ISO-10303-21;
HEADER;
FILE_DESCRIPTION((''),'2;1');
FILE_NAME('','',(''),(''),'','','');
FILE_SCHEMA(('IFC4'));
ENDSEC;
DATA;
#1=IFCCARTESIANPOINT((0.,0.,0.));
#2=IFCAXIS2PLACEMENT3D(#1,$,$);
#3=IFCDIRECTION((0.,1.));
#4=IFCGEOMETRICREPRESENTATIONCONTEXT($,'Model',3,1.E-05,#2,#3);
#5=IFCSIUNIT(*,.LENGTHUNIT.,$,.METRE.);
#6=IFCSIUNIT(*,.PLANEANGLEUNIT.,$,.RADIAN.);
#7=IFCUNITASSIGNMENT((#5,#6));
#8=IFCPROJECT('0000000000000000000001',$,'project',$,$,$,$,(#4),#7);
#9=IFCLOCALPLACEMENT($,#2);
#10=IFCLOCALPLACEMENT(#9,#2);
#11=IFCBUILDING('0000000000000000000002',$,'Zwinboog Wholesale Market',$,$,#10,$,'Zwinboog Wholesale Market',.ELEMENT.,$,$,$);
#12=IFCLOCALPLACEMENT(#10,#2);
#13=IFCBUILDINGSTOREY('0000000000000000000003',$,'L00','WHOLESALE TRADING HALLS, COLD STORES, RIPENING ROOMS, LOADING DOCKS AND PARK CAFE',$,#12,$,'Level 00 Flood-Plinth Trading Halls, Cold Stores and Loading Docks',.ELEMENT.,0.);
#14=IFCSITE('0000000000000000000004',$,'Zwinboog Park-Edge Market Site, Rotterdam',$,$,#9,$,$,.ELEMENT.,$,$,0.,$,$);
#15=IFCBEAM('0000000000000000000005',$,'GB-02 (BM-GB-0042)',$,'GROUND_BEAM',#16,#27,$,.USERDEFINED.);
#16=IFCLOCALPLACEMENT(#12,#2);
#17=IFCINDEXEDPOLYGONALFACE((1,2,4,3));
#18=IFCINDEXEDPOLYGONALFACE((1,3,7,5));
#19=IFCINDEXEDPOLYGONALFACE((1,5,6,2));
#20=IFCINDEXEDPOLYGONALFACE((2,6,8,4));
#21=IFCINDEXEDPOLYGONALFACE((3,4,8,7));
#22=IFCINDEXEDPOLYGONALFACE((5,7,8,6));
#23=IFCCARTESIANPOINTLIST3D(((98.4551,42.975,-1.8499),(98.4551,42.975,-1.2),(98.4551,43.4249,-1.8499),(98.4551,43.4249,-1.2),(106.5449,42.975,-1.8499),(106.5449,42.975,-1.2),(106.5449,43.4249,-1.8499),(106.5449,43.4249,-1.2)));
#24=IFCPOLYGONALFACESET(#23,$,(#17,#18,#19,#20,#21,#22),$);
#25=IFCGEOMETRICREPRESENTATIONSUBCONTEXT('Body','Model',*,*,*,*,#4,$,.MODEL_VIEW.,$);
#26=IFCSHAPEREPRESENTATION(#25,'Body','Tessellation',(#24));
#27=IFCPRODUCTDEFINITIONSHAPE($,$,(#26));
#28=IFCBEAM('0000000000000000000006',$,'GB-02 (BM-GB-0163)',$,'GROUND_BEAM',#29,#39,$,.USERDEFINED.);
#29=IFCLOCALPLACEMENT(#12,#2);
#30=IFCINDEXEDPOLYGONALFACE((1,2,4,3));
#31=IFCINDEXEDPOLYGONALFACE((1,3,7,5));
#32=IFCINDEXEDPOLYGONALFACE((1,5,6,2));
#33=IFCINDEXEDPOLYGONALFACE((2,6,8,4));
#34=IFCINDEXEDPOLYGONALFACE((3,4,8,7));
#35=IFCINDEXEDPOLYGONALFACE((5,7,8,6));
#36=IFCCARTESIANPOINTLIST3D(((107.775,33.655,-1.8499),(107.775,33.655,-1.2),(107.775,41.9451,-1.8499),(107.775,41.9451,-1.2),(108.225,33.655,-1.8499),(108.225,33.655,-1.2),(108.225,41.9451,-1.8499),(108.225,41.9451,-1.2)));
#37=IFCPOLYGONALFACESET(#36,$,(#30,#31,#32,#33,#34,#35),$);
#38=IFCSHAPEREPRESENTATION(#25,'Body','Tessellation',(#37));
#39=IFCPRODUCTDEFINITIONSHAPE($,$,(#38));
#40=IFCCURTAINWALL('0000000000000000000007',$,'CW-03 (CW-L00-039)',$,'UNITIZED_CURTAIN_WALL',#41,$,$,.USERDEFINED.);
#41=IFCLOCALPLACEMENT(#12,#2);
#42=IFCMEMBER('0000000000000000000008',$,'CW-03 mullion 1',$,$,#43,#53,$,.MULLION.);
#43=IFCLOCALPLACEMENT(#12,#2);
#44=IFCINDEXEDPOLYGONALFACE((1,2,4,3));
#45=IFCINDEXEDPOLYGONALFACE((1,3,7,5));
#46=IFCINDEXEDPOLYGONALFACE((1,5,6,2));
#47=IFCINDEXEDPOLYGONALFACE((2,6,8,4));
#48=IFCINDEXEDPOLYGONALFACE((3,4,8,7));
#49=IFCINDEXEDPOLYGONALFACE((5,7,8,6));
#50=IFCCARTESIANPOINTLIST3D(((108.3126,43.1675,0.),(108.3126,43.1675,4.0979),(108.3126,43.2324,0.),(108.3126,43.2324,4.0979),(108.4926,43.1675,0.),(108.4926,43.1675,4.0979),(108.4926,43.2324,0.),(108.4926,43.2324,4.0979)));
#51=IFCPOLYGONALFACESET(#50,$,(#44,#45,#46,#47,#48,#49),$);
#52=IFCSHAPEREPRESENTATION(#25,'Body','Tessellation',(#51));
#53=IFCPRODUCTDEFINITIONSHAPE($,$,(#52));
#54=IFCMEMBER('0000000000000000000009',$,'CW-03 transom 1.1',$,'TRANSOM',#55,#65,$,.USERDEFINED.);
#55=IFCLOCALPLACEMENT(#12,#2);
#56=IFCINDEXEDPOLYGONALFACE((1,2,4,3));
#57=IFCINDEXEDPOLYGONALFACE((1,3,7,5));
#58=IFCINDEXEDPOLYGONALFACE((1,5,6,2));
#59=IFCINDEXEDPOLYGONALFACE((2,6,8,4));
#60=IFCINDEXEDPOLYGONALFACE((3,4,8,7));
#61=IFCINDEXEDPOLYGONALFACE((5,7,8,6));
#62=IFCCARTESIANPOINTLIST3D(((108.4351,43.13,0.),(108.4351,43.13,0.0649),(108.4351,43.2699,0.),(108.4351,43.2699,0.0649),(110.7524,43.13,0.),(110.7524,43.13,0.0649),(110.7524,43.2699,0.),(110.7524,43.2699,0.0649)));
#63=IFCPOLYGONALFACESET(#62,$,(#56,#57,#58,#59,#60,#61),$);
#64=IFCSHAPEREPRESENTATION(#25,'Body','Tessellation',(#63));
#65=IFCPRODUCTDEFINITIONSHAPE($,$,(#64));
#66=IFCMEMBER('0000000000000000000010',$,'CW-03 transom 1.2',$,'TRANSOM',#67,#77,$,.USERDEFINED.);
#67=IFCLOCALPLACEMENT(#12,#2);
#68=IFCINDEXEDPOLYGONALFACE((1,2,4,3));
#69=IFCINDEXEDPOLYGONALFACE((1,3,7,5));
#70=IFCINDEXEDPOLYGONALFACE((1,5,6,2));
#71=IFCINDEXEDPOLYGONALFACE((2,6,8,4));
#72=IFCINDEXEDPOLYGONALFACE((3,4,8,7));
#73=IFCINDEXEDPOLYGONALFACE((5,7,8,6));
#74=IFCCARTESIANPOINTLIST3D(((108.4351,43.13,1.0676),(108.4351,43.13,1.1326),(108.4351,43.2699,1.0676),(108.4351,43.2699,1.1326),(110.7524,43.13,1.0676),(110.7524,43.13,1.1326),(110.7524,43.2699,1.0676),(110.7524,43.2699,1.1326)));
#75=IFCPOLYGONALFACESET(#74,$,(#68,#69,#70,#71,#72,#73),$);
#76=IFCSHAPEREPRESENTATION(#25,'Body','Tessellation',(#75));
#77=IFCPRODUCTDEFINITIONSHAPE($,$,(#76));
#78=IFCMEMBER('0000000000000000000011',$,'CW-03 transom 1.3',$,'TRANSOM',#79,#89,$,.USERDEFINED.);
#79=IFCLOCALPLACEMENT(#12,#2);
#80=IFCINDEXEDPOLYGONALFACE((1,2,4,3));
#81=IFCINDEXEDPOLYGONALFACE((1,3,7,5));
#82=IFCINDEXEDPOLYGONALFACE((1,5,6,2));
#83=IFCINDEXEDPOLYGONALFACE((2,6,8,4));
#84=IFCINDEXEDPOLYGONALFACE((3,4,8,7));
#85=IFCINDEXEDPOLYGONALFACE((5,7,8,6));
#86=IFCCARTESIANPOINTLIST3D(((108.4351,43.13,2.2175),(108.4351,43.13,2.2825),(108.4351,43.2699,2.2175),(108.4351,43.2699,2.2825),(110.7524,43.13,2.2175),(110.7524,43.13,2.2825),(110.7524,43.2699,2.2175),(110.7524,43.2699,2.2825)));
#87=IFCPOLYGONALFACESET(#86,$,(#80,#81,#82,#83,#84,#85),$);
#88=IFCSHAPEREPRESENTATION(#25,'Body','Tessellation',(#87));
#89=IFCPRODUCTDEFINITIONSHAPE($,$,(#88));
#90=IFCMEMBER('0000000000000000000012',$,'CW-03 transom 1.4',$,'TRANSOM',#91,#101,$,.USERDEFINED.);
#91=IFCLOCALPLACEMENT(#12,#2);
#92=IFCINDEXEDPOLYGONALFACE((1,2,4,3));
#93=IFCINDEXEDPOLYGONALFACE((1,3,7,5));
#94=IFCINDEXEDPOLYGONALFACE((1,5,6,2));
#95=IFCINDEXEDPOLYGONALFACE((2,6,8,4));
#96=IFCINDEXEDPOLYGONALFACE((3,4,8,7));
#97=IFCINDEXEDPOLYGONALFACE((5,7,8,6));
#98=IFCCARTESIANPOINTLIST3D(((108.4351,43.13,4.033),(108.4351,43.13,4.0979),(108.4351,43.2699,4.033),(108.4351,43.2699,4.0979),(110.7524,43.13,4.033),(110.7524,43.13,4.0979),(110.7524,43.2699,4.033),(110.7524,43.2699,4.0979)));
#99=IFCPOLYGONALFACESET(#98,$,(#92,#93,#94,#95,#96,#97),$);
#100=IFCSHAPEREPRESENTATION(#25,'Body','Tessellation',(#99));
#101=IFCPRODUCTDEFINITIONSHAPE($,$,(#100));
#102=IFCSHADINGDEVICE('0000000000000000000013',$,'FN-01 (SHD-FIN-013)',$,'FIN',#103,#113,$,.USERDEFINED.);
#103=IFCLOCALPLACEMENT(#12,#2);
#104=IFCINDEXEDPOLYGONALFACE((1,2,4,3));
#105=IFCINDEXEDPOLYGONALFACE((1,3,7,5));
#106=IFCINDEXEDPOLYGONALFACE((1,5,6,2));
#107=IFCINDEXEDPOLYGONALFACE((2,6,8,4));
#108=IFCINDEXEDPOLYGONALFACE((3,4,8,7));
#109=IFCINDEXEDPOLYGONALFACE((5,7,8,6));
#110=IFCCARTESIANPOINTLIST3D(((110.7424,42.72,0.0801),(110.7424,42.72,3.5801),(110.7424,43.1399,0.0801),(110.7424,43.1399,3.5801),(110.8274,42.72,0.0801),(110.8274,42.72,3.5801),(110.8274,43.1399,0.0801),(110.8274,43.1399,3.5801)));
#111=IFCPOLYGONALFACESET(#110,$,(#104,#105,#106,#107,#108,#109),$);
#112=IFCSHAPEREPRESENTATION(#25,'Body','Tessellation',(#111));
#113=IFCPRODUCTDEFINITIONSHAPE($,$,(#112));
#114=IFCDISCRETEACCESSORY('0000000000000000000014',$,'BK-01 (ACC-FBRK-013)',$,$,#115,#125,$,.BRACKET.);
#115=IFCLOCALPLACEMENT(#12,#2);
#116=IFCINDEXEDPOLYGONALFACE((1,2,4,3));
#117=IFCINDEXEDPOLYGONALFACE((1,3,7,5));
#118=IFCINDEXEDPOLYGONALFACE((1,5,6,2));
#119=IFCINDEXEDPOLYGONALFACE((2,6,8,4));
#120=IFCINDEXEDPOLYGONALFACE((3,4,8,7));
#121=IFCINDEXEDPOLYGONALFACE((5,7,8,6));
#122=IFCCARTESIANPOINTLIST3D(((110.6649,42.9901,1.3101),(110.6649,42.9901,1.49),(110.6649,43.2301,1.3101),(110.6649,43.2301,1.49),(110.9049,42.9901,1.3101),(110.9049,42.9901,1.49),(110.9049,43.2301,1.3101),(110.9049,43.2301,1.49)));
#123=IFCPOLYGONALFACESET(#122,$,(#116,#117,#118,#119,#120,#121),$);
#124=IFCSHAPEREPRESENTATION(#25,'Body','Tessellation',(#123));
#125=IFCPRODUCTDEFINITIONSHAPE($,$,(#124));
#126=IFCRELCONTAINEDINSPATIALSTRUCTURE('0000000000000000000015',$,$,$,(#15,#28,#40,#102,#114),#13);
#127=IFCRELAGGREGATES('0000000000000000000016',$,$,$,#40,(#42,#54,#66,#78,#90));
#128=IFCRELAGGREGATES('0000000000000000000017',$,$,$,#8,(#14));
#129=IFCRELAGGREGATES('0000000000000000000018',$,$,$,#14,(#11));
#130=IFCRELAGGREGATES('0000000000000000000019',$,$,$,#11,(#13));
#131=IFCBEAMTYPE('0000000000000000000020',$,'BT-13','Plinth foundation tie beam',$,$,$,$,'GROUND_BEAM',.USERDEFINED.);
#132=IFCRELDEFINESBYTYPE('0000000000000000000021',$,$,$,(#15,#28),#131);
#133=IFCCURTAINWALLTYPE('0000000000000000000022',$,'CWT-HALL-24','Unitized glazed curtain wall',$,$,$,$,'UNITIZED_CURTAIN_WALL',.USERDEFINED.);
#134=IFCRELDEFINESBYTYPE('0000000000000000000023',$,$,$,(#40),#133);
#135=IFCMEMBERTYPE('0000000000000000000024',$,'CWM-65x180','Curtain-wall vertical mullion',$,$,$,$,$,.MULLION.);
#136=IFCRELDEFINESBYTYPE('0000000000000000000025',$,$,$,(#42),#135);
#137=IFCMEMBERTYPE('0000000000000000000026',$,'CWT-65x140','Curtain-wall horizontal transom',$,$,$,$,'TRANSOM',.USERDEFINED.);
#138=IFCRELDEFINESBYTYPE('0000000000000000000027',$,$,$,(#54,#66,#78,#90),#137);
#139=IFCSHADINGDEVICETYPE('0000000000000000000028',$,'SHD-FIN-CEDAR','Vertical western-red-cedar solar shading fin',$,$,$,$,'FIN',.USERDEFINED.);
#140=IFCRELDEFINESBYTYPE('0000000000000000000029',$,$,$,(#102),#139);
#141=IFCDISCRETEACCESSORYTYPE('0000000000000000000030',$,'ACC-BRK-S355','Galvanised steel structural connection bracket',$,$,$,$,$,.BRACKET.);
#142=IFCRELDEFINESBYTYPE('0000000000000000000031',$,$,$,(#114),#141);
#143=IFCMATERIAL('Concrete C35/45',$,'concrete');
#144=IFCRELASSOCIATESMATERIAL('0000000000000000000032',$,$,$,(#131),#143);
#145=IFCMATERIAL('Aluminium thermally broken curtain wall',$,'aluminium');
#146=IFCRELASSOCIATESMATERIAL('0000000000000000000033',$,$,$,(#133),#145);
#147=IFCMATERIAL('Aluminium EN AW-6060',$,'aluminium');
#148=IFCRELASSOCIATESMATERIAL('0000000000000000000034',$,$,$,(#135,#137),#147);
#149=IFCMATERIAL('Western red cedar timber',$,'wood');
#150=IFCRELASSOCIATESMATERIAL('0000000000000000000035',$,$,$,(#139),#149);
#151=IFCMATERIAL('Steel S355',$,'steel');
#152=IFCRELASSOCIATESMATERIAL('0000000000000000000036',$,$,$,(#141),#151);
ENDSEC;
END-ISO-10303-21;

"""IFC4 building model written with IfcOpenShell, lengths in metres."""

from ifc_helpers import new_model, si_unit, direction, frame, origin, origin_2d, place, context, subcontext, project, spatial, rectangle, extrude, material, material_profile, profile_set, type_object, element, aggregate, save


model = new_model("IFC4")

# Units and contexts
model_context = context("Model", 3, precision=1e-05, world=origin(), true_north=direction((0.0, 1.0)))
body_context = subcontext(model_context, "Body", "Model", "MODEL_VIEW")
ifc_project = project(units=[si_unit("LENGTHUNIT", "METRE"), si_unit("PLANEANGLEUNIT", "RADIAN")], contexts=[model_context])

# Site, building, storey
site_placement = place(None, origin())
site = spatial("IfcSite", under=ifc_project, at=site_placement, Name="Zwinboog Park-Edge Market Site, Rotterdam", CompositionType="ELEMENT", RefElevation=0.0)
building_placement = place(site_placement, origin())
building = spatial("IfcBuilding", under=site, at=building_placement, Name="Zwinboog Wholesale Market", LongName="Zwinboog Wholesale Market", CompositionType="ELEMENT")
storey_placement = place(building_placement, origin())
storey = spatial("IfcBuildingStorey", under=building, at=storey_placement, Name="L00", Description="WHOLESALE TRADING HALLS, COLD STORES, RIPENING ROOMS, LOADING DOCKS AND PARK CAFE", LongName="Level 00 Flood-Plinth Trading Halls, Cold Stores and Loading Docks", CompositionType="ELEMENT", Elevation=0.0)

# Shared definitions
ifc_material_1 = material(Name="Concrete C35/45", Category="concrete")

# Beams
ifc_material_profile_1 = material_profile(ifc_material_1, rectangle(XDim=0.45, YDim=0.6499, at=origin_2d()), Name="RC 450x650")
ifc_profile_set_1 = profile_set([ifc_material_profile_1], Name="Concrete C35/45")
beam_type_1 = type_object("IfcBeamType", Name="BT-13", Description="Plinth foundation tie beam", ElementType="GROUND_BEAM", PredefinedType="USERDEFINED", material=ifc_profile_set_1)
beam_1_placement = place(storey_placement, frame((98.4551, 43.2, -1.5249), z_axis=(1.0, 0.0, 0.0), x_axis=(0.0, 1.0, 0.0)))
element("IfcBeam", 1, at=beam_1_placement, inside=storey, type_object=beam_type_1, Name="GB-02 (BM-GB-0042)", ObjectType="GROUND_BEAM", PredefinedType="USERDEFINED", context=body_context, shape_type="SweptSolid", body=[
    extrude(rectangle(XDim=0.45, YDim=0.6499, at=origin_2d()), origin(), (0.0, 0.0, 1.0), 8.0898),
])
beam_2_placement = place(storey_placement, frame((108.0, 33.655, -1.5249), z_axis=(0.0, 1.0, 0.0), x_axis=(-1.0, 0.0, 0.0)))
element("IfcBeam", 2, at=beam_2_placement, inside=storey, type_object=beam_type_1, Name="GB-02 (BM-GB-0163)", ObjectType="GROUND_BEAM", PredefinedType="USERDEFINED", context=body_context, shape_type="SweptSolid", body=[
    extrude(rectangle(XDim=0.45, YDim=0.6499, at=origin_2d()), origin(), (0.0, 0.0, 1.0), 8.29),
])

# Curtain wall, members
ifc_material_2 = material(Name="Aluminium thermally broken curtain wall", Category="aluminium")
curtain_wall_type = type_object("IfcCurtainWallType", Name="CWT-HALL-24", Description="Unitized glazed curtain wall", ElementType="UNITIZED_CURTAIN_WALL", PredefinedType="USERDEFINED", material=ifc_material_2)
curtain_wall_placement = place(storey_placement, origin())
curtain_wall = element("IfcCurtainWall", 3, at=curtain_wall_placement, inside=storey, type_object=curtain_wall_type, Name="CW-03 (CW-L00-039)", ObjectType="UNITIZED_CURTAIN_WALL", PredefinedType="USERDEFINED")
ifc_material_3 = material(Name="Aluminium EN AW-6060", Category="aluminium")
ifc_material_profile_2 = material_profile(ifc_material_3, rectangle(XDim=0.0649, YDim=0.1799, at=origin_2d()), Name="AL 65x180")
ifc_profile_set_2 = profile_set([ifc_material_profile_2], Name="Aluminium EN AW-6060")
member_type_1 = type_object("IfcMemberType", Name="CWM-65x180", Description="Curtain-wall vertical mullion", PredefinedType="MULLION", material=ifc_profile_set_2)
member_1_placement = place(storey_placement, frame((108.4026, 43.2, 0.0), z_axis=(0.0, 0.0, 1.0), x_axis=(0.0, 1.0, 0.0)))
member_1 = element("IfcMember", 4, at=member_1_placement, type_object=member_type_1, Name="CW-03 mullion 1", PredefinedType="MULLION", context=body_context, shape_type="SweptSolid", body=[
    extrude(rectangle(XDim=0.0649, YDim=0.1799, at=origin_2d()), origin(), (0.0, 0.0, 1.0), 4.0979),
])
ifc_material_profile_3 = material_profile(ifc_material_3, rectangle(XDim=0.1399, YDim=0.0649, at=origin_2d()), Name="AL 65x140")
ifc_profile_set_3 = profile_set([ifc_material_profile_3], Name="Aluminium EN AW-6060")
member_type_2 = type_object("IfcMemberType", Name="CWT-65x140", Description="Curtain-wall horizontal transom", ElementType="TRANSOM", PredefinedType="USERDEFINED", material=ifc_profile_set_3)
member_2_placement = place(storey_placement, frame((108.4351, 43.2, 0.0325), z_axis=(1.0, 0.0, 0.0), x_axis=(0.0, 1.0, 0.0)))
member_2 = element("IfcMember", 5, at=member_2_placement, type_object=member_type_2, Name="CW-03 transom 1.1", ObjectType="TRANSOM", PredefinedType="USERDEFINED", context=body_context, shape_type="SweptSolid", body=[
    extrude(rectangle(XDim=0.1399, YDim=0.0649, at=origin_2d()), origin(), (0.0, 0.0, 1.0), 2.3174),
])
member_3_placement = place(storey_placement, frame((108.4351, 43.2, 1.1001), z_axis=(1.0, 0.0, 0.0), x_axis=(0.0, 1.0, 0.0)))
member_3 = element("IfcMember", 6, at=member_3_placement, type_object=member_type_2, Name="CW-03 transom 1.2", ObjectType="TRANSOM", PredefinedType="USERDEFINED", context=body_context, shape_type="SweptSolid", body=[
    extrude(rectangle(XDim=0.1399, YDim=0.0649, at=origin_2d()), origin(), (0.0, 0.0, 1.0), 2.3174),
])
member_4_placement = place(storey_placement, frame((108.4351, 43.2, 2.25), z_axis=(1.0, 0.0, 0.0), x_axis=(0.0, 1.0, 0.0)))
member_4 = element("IfcMember", 7, at=member_4_placement, type_object=member_type_2, Name="CW-03 transom 1.3", ObjectType="TRANSOM", PredefinedType="USERDEFINED", context=body_context, shape_type="SweptSolid", body=[
    extrude(rectangle(XDim=0.1399, YDim=0.0649, at=origin_2d()), origin(), (0.0, 0.0, 1.0), 2.3174),
])
member_5_placement = place(storey_placement, frame((108.4351, 43.2, 4.0654), z_axis=(1.0, 0.0, 0.0), x_axis=(0.0, 1.0, 0.0)))
member_5 = element("IfcMember", 8, at=member_5_placement, type_object=member_type_2, Name="CW-03 transom 1.4", ObjectType="TRANSOM", PredefinedType="USERDEFINED", context=body_context, shape_type="SweptSolid", body=[
    extrude(rectangle(XDim=0.1399, YDim=0.0649, at=origin_2d()), origin(), (0.0, 0.0, 1.0), 2.3174),
])
aggregate(curtain_wall, [member_1, member_2, member_3, member_4, member_5])

# Shading device
ifc_material_4 = material(Name="Western red cedar timber", Category="wood")
shading_device_type = type_object("IfcShadingDeviceType", Name="SHD-FIN-CEDAR", Description="Vertical western-red-cedar solar shading fin", ElementType="FIN", PredefinedType="USERDEFINED", material=ifc_material_4)
shading_device_placement = place(storey_placement, frame((110.7849, 42.9299, 0.0801), z_axis=(0.0, 0.0, 1.0), x_axis=(0.0, 1.0, 0.0)))
element("IfcShadingDevice", 9, at=shading_device_placement, inside=storey, type_object=shading_device_type, Name="FN-01 (SHD-FIN-013)", ObjectType="FIN", PredefinedType="USERDEFINED", context=body_context, shape_type="SweptSolid", body=[
    extrude(rectangle(XDim=0.4199, YDim=0.085, at=origin_2d()), origin(), (0.0, 0.0, 1.0), 3.5),
])

# Shared definitions
ifc_material_5 = material(Name="Steel S355", Category="steel")

# Discrete accessory
discrete_accessory_type = type_object("IfcDiscreteAccessoryType", Name="ACC-BRK-S355", Description="Galvanised steel structural connection bracket", PredefinedType="BRACKET", material=ifc_material_5)
discrete_accessory_placement = place(storey_placement, frame((110.7849, 43.1101, 1.3101), z_axis=(0.0, 0.0, 1.0), x_axis=(1.0, 0.0, 0.0)))
element("IfcDiscreteAccessory", 10, at=discrete_accessory_placement, inside=storey, type_object=discrete_accessory_type, Name="BK-01 (ACC-FBRK-013)", PredefinedType="BRACKET", context=body_context, shape_type="SweptSolid", body=[
    extrude(rectangle(XDim=0.24, YDim=0.24, at=origin_2d()), origin(), (0.0, 0.0, 1.0), 0.1799),
])

save(model, "model.ifc")
